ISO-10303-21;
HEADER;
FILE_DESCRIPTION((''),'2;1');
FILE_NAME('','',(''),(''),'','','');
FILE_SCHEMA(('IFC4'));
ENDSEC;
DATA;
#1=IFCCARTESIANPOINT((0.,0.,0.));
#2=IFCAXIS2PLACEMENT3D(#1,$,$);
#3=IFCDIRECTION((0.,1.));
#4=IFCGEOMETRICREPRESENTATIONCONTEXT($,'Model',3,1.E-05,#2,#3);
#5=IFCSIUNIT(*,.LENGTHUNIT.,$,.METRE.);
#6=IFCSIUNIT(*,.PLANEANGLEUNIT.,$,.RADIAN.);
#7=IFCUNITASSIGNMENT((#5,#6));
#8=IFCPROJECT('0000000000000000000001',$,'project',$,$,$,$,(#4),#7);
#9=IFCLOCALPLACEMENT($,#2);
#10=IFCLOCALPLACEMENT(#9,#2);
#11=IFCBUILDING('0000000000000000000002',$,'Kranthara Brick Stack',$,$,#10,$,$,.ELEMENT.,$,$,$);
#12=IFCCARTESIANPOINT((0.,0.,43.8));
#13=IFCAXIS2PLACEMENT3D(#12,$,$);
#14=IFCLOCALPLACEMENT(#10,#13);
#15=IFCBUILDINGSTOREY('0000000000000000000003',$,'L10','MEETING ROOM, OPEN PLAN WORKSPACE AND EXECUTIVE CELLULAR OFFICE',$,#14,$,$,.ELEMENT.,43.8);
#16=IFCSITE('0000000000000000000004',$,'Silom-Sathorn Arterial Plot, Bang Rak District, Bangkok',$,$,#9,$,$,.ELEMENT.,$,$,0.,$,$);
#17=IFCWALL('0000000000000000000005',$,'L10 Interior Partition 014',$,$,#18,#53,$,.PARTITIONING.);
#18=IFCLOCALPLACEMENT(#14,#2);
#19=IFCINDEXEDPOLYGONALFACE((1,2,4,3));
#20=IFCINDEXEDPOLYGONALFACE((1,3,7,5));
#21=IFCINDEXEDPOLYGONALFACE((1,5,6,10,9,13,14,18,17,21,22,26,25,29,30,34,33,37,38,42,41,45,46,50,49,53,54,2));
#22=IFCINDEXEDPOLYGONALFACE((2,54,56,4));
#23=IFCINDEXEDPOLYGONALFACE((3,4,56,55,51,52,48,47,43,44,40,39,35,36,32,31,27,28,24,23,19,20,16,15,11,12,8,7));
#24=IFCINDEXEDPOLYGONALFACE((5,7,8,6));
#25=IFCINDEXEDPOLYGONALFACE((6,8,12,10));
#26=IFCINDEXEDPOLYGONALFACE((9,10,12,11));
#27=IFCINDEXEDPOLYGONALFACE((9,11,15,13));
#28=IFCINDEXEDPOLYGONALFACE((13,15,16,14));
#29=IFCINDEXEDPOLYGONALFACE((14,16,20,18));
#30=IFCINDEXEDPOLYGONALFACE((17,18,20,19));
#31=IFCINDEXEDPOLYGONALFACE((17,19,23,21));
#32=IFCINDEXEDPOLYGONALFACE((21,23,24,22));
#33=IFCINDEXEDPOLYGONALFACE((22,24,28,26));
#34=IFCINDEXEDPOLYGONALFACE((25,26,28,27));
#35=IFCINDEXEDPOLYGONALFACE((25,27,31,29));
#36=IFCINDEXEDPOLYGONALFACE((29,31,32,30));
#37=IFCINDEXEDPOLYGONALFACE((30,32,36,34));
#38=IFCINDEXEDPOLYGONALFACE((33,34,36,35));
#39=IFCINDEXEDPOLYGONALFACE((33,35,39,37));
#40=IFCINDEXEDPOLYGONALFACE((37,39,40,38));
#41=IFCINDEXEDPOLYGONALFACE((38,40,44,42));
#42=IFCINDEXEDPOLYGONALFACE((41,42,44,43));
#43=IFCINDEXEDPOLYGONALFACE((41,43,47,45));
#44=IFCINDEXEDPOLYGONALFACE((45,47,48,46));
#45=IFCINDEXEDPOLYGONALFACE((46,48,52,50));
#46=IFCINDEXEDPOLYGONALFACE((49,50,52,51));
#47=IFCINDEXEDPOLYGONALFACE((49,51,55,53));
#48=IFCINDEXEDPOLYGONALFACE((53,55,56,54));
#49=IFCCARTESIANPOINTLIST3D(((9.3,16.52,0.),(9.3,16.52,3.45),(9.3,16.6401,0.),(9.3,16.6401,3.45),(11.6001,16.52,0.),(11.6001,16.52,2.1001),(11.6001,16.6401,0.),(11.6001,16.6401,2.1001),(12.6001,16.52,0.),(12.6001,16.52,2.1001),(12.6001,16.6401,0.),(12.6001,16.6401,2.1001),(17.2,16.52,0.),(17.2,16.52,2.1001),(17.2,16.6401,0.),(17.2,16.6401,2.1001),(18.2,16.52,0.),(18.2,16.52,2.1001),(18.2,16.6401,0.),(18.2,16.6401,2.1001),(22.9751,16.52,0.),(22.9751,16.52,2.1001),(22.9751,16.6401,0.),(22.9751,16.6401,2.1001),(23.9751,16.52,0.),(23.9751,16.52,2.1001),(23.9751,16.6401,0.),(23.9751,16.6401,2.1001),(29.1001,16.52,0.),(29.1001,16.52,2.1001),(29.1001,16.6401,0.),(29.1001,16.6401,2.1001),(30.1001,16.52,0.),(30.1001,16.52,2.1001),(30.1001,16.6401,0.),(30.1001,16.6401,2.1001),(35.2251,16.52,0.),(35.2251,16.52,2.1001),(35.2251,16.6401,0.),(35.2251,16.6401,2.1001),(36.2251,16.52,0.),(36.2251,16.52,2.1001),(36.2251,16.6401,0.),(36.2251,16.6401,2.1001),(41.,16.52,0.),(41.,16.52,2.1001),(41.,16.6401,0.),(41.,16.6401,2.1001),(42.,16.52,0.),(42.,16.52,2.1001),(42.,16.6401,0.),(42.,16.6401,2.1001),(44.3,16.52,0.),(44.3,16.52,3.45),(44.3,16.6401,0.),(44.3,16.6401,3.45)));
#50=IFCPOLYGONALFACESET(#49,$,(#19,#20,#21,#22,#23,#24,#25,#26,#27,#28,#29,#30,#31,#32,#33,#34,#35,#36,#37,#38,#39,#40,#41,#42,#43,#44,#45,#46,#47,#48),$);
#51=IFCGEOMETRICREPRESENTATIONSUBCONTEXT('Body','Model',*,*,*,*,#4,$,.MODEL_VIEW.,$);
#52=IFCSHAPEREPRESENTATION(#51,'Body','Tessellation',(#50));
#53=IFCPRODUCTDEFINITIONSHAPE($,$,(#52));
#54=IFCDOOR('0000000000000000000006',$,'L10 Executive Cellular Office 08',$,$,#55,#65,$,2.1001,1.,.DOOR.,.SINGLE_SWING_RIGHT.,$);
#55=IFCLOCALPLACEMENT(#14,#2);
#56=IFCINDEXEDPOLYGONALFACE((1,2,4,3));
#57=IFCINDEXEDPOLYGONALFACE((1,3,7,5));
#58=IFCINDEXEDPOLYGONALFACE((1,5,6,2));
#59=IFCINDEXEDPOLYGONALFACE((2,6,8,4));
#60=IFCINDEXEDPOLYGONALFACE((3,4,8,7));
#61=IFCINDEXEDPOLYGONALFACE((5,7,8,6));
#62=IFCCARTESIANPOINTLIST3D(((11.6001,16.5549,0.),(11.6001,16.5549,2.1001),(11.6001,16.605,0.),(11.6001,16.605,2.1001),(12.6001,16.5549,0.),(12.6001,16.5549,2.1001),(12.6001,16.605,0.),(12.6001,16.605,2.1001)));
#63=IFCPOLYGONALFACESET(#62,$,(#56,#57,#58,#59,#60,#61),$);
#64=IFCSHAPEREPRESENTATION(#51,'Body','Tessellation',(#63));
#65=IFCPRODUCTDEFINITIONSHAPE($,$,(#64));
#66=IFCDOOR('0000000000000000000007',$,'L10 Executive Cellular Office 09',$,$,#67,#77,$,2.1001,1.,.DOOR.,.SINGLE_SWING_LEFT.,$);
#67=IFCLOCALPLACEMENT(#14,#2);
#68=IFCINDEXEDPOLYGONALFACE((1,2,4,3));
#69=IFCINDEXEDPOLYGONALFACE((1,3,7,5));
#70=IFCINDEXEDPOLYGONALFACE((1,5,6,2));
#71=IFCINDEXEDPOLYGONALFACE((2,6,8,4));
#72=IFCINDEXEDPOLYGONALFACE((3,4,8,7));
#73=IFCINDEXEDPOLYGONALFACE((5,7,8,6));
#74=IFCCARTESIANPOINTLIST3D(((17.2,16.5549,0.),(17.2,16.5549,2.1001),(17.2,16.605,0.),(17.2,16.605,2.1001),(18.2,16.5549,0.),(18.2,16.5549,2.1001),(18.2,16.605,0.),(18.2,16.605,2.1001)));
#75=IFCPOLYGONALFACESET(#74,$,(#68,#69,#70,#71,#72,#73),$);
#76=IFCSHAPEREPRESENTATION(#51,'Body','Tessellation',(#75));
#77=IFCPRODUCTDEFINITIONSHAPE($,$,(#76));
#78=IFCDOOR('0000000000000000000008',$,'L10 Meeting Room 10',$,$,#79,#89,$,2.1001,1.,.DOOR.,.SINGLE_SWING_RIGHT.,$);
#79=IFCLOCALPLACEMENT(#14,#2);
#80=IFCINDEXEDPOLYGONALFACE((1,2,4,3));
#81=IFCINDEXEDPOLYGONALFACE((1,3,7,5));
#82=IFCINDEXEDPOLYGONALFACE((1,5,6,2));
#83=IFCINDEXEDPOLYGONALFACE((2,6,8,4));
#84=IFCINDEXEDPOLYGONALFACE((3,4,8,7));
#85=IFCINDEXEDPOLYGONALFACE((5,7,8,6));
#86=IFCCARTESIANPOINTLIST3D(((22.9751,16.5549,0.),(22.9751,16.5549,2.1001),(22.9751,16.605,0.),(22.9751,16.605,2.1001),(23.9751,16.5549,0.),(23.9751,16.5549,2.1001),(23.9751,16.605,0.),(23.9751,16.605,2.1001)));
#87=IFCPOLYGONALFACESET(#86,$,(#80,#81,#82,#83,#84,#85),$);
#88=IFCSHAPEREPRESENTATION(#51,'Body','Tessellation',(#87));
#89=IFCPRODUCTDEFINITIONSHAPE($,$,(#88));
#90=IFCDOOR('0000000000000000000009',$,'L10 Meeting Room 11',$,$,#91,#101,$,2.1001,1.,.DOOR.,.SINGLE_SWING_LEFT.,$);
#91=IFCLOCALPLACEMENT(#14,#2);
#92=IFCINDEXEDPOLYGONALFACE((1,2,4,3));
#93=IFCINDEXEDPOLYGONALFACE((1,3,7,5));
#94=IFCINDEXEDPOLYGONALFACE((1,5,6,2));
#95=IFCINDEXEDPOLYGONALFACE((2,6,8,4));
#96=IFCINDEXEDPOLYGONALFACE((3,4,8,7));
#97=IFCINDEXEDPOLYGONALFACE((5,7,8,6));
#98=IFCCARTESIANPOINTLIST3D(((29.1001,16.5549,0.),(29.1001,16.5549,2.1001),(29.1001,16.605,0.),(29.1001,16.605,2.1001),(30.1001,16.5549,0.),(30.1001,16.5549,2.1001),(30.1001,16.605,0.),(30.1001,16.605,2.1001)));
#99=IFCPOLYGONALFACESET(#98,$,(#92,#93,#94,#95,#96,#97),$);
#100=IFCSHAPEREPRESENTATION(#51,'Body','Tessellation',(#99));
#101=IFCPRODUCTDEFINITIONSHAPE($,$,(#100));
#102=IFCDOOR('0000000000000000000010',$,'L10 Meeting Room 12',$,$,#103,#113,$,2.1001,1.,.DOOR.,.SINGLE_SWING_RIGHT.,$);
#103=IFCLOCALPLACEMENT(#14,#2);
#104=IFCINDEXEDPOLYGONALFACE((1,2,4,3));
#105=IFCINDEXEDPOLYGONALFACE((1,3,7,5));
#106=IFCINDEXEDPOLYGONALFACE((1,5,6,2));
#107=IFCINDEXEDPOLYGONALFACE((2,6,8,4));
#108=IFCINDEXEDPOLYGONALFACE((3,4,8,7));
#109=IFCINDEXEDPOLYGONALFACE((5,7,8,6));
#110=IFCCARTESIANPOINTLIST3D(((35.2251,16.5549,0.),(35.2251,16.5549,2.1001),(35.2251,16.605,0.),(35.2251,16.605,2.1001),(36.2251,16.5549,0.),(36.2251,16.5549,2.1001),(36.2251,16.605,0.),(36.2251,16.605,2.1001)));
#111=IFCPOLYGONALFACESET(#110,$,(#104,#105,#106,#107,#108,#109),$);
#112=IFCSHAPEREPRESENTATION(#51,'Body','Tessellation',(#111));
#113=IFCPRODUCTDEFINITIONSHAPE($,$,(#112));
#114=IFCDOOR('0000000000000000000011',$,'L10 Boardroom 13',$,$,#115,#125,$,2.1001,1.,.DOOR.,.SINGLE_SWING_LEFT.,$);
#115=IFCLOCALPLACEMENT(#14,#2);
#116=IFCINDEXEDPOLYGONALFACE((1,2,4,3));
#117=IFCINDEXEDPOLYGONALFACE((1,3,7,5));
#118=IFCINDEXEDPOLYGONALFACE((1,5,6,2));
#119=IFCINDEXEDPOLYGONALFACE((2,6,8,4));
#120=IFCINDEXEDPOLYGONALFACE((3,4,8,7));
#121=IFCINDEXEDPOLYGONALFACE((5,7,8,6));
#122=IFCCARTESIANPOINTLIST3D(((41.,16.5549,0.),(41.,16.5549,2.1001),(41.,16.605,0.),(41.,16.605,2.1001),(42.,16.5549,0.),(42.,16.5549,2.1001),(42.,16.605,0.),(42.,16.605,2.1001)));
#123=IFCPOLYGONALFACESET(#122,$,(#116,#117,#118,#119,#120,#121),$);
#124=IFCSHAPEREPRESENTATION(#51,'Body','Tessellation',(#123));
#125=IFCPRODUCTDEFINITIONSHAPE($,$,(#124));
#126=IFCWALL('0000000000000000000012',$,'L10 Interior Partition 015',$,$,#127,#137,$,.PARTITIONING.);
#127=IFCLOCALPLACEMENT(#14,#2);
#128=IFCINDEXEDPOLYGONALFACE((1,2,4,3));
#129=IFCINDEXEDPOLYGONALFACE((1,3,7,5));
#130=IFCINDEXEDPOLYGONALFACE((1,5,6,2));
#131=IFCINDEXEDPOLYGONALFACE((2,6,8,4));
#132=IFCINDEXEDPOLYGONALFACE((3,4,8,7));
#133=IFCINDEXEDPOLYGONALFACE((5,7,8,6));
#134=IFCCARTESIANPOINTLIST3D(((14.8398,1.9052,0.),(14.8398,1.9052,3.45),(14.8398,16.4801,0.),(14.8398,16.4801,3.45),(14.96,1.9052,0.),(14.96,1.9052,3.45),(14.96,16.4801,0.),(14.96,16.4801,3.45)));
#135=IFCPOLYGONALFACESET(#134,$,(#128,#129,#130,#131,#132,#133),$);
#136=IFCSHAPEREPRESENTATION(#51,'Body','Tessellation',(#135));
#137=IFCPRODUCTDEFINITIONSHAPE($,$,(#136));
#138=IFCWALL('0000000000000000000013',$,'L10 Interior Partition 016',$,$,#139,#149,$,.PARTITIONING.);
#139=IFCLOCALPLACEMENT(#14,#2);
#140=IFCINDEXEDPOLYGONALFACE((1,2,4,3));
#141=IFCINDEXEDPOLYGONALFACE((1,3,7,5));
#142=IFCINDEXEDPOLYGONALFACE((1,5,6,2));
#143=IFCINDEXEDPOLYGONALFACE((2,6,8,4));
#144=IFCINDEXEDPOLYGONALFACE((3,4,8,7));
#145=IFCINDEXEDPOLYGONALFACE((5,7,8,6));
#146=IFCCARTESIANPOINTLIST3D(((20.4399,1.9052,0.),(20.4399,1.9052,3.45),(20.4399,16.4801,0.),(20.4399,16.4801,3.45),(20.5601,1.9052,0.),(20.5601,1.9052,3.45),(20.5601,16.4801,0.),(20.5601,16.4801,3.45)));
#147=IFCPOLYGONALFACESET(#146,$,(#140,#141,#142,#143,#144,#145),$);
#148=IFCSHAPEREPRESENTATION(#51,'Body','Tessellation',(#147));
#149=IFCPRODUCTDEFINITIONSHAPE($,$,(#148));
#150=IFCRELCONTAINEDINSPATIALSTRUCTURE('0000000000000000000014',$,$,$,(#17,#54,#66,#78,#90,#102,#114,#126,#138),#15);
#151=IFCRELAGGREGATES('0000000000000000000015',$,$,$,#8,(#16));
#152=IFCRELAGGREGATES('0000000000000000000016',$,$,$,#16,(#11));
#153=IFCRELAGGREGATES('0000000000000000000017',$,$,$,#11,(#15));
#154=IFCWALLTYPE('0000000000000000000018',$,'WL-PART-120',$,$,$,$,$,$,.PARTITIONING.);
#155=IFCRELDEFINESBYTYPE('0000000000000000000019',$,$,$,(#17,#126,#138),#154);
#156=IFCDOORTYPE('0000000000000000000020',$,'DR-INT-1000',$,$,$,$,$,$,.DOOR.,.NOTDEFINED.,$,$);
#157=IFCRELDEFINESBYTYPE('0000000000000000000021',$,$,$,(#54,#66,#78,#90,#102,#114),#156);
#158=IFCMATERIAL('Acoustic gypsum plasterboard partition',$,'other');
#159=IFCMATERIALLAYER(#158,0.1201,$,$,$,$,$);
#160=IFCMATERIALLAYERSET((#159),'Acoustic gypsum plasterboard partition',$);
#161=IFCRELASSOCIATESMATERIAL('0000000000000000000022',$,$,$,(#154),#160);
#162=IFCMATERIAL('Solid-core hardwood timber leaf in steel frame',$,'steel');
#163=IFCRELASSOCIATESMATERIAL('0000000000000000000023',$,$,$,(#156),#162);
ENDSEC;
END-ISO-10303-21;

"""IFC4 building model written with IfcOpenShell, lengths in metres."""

from ifc_helpers import new_model, si_unit, direction, frame, frame_2d, origin, place, context, subcontext, project, spatial, rectangle, extrude, material, layer, layer_set, type_object, element, fill, save


model = new_model("IFC4")

# Units and contexts
model_context = context("Model", 3, precision=1e-05, world=origin(), true_north=direction((0.0, 1.0)))
body_context = subcontext(model_context, "Body", "Model", "MODEL_VIEW")
ifc_project = project(units=[si_unit("LENGTHUNIT", "METRE"), si_unit("PLANEANGLEUNIT", "RADIAN")], contexts=[model_context])

# Site, building, storey
site_placement = place(None, origin())
site = spatial("IfcSite", under=ifc_project, at=site_placement, Name="Silom-Sathorn Arterial Plot, Bang Rak District, Bangkok", CompositionType="ELEMENT", RefElevation=0.0)
building_placement = place(site_placement, origin())
building = spatial("IfcBuilding", under=site, at=building_placement, Name="Kranthara Brick Stack", CompositionType="ELEMENT")
storey_placement = place(building_placement, frame((0.0, 0.0, 43.8)))
storey = spatial("IfcBuildingStorey", under=building, at=storey_placement, Name="L10", Description="MEETING ROOM, OPEN PLAN WORKSPACE AND EXECUTIVE CELLULAR OFFICE", CompositionType="ELEMENT", Elevation=43.8)

# Shared definitions
ifc_material_1 = material(Name="Acoustic gypsum plasterboard partition", Category="other")
ifc_layer_1 = layer(ifc_material_1, 0.1201)
ifc_layer_set_1 = layer_set([ifc_layer_1], Name="Acoustic gypsum plasterboard partition")
wall_type_1 = type_object("IfcWallType", Name="WL-PART-120", PredefinedType="PARTITIONING", material=ifc_layer_set_1)

# Wall, openings, doors
wall_1_placement = place(storey_placement, frame((9.3, 16.5801, 0.0), z_axis=(0.0, 0.0, 1.0), x_axis=(1.0, 0.0, 0.0)))
wall_1 = element("IfcWall", 1, at=wall_1_placement, inside=storey, type_object=wall_type_1, Name="L10 Interior Partition 014", PredefinedType="PARTITIONING", context=body_context, shape_type="SweptSolid", body=[
    extrude(rectangle(XDim=35.0, YDim=0.1201, at=frame_2d((17.5, 0.0))), origin(), (0.0, 0.0, 1.0), 3.45),
])
opening_1_placement = place(wall_1_placement, frame((2.3, 0.0, 0.0)))
opening_1 = element("IfcOpeningElement", 2, at=opening_1_placement, cuts=wall_1, PredefinedType="OPENING", context=body_context, shape_type="SweptSolid", body=[
    extrude(rectangle(XDim=1.0, YDim=2.1001, at=frame_2d((0.5, 1.05))), frame((0.0, 0.0701, 0.0), z_axis=(0.0, -1.0, 0.0), x_axis=(1.0, 0.0, 0.0)), (0.0, 0.0, 1.0), 0.1401),
])
opening_2_placement = place(wall_1_placement, frame((7.8999, 0.0, 0.0)))
opening_2 = element("IfcOpeningElement", 3, at=opening_2_placement, cuts=wall_1, PredefinedType="OPENING", context=body_context, shape_type="SweptSolid", body=[
    extrude(rectangle(XDim=1.0, YDim=2.1001, at=frame_2d((0.5, 1.05))), frame((0.0, 0.0701, 0.0), z_axis=(0.0, -1.0, 0.0), x_axis=(1.0, 0.0, 0.0)), (0.0, 0.0, 1.0), 0.1401),
])
opening_3_placement = place(wall_1_placement, frame((13.675, 0.0, 0.0)))
opening_3 = element("IfcOpeningElement", 4, at=opening_3_placement, cuts=wall_1, PredefinedType="OPENING", context=body_context, shape_type="SweptSolid", body=[
    extrude(rectangle(XDim=1.0, YDim=2.1001, at=frame_2d((0.5, 1.05))), frame((0.0, 0.0701, 0.0), z_axis=(0.0, -1.0, 0.0), x_axis=(1.0, 0.0, 0.0)), (0.0, 0.0, 1.0), 0.1401),
])
opening_4_placement = place(wall_1_placement, frame((19.8, 0.0, 0.0)))
opening_4 = element("IfcOpeningElement", 5, at=opening_4_placement, cuts=wall_1, PredefinedType="OPENING", context=body_context, shape_type="SweptSolid", body=[
    extrude(rectangle(XDim=1.0, YDim=2.1001, at=frame_2d((0.5, 1.05))), frame((0.0, 0.0701, 0.0), z_axis=(0.0, -1.0, 0.0), x_axis=(1.0, 0.0, 0.0)), (0.0, 0.0, 1.0), 0.1401),
])
opening_5_placement = place(wall_1_placement, frame((25.925, 0.0, 0.0)))
opening_5 = element("IfcOpeningElement", 6, at=opening_5_placement, cuts=wall_1, PredefinedType="OPENING", context=body_context, shape_type="SweptSolid", body=[
    extrude(rectangle(XDim=1.0, YDim=2.1001, at=frame_2d((0.5, 1.05))), frame((0.0, 0.0701, 0.0), z_axis=(0.0, -1.0, 0.0), x_axis=(1.0, 0.0, 0.0)), (0.0, 0.0, 1.0), 0.1401),
])
opening_6_placement = place(wall_1_placement, frame((31.7, 0.0, 0.0)))
opening_6 = element("IfcOpeningElement", 7, at=opening_6_placement, cuts=wall_1, PredefinedType="OPENING", context=body_context, shape_type="SweptSolid", body=[
    extrude(rectangle(XDim=1.0, YDim=2.1001, at=frame_2d((0.5, 1.05))), frame((0.0, 0.0701, 0.0), z_axis=(0.0, -1.0, 0.0), x_axis=(1.0, 0.0, 0.0)), (0.0, 0.0, 1.0), 0.1401),
])
ifc_material_2 = material(Name="Solid-core hardwood timber leaf in steel frame", Category="steel")
door_type = type_object("IfcDoorType", Name="DR-INT-1000", OperationType="NOTDEFINED", PredefinedType="DOOR", material=ifc_material_2)
door_1_placement = place(opening_1_placement, origin())
door_1 = element("IfcDoor", 8, at=door_1_placement, inside=storey, type_object=door_type, Name="L10 Executive Cellular Office 08", OperationType="SINGLE_SWING_RIGHT", OverallHeight=2.1001, OverallWidth=1.0, PredefinedType="DOOR", context=body_context, shape_type="SweptSolid", body=[
    extrude(rectangle(XDim=1.0, YDim=2.1001, at=frame_2d((0.5, 1.05))), frame((0.0, 0.0249, 0.0), z_axis=(0.0, -1.0, 0.0), x_axis=(1.0, 0.0, 0.0)), (0.0, 0.0, 1.0), 0.05),
])
fill(opening_1, door_1)
door_2_placement = place(opening_2_placement, origin())
door_2 = element("IfcDoor", 9, at=door_2_placement, inside=storey, type_object=door_type, Name="L10 Executive Cellular Office 09", OperationType="SINGLE_SWING_LEFT", OverallHeight=2.1001, OverallWidth=1.0, PredefinedType="DOOR", context=body_context, shape_type="SweptSolid", body=[
    extrude(rectangle(XDim=1.0, YDim=2.1001, at=frame_2d((0.5, 1.05))), frame((0.0, 0.0249, 0.0), z_axis=(0.0, -1.0, 0.0), x_axis=(1.0, 0.0, 0.0)), (0.0, 0.0, 1.0), 0.05),
])
fill(opening_2, door_2)
door_3_placement = place(opening_3_placement, origin())
door_3 = element("IfcDoor", 10, at=door_3_placement, inside=storey, type_object=door_type, Name="L10 Meeting Room 10", OperationType="SINGLE_SWING_RIGHT", OverallHeight=2.1001, OverallWidth=1.0, PredefinedType="DOOR", context=body_context, shape_type="SweptSolid", body=[
    extrude(rectangle(XDim=1.0, YDim=2.1001, at=frame_2d((0.5, 1.05))), frame((0.0, 0.0249, 0.0), z_axis=(0.0, -1.0, 0.0), x_axis=(1.0, 0.0, 0.0)), (0.0, 0.0, 1.0), 0.05),
])
fill(opening_3, door_3)
door_4_placement = place(opening_4_placement, origin())
door_4 = element("IfcDoor", 11, at=door_4_placement, inside=storey, type_object=door_type, Name="L10 Meeting Room 11", OperationType="SINGLE_SWING_LEFT", OverallHeight=2.1001, OverallWidth=1.0, PredefinedType="DOOR", context=body_context, shape_type="SweptSolid", body=[
    extrude(rectangle(XDim=1.0, YDim=2.1001, at=frame_2d((0.5, 1.05))), frame((0.0, 0.0249, 0.0), z_axis=(0.0, -1.0, 0.0), x_axis=(1.0, 0.0, 0.0)), (0.0, 0.0, 1.0), 0.05),
])
fill(opening_4, door_4)
door_5_placement = place(opening_5_placement, origin())
door_5 = element("IfcDoor", 12, at=door_5_placement, inside=storey, type_object=door_type, Name="L10 Meeting Room 12", OperationType="SINGLE_SWING_RIGHT", OverallHeight=2.1001, OverallWidth=1.0, PredefinedType="DOOR", context=body_context, shape_type="SweptSolid", body=[
    extrude(rectangle(XDim=1.0, YDim=2.1001, at=frame_2d((0.5, 1.05))), frame((0.0, 0.0249, 0.0), z_axis=(0.0, -1.0, 0.0), x_axis=(1.0, 0.0, 0.0)), (0.0, 0.0, 1.0), 0.05),
])
fill(opening_5, door_5)
door_6_placement = place(opening_6_placement, origin())
door_6 = element("IfcDoor", 13, at=door_6_placement, inside=storey, type_object=door_type, Name="L10 Boardroom 13", OperationType="SINGLE_SWING_LEFT", OverallHeight=2.1001, OverallWidth=1.0, PredefinedType="DOOR", context=body_context, shape_type="SweptSolid", body=[
    extrude(rectangle(XDim=1.0, YDim=2.1001, at=frame_2d((0.5, 1.05))), frame((0.0, 0.0249, 0.0), z_axis=(0.0, -1.0, 0.0), x_axis=(1.0, 0.0, 0.0)), (0.0, 0.0, 1.0), 0.05),
])
fill(opening_6, door_6)

# Walls
for number, where, z_axis, x_axis, name in (
    (14, (14.8999, 1.905, 0.0), (0.0, 0.0, 1.0), (0.0, 1.0, 0.0), "L10 Interior Partition 015"),
    (15, (20.5, 1.905, 0.0), (0.0, 0.0, 1.0), (0.0, 1.0, 0.0), "L10 Interior Partition 016"),
):
    element("IfcWall", number, at=place(storey_placement, frame(where, z_axis=z_axis, x_axis=x_axis)), inside=storey, type_object=wall_type_1, Name=name, PredefinedType="PARTITIONING", context=body_context, shape_type="SweptSolid", body=[
        extrude(rectangle(XDim=14.575, YDim=0.1201, at=frame_2d((7.2876, 0.0))), origin(), (0.0, 0.0, 1.0), 3.45),
    ])

save(model, "model.ifc")
